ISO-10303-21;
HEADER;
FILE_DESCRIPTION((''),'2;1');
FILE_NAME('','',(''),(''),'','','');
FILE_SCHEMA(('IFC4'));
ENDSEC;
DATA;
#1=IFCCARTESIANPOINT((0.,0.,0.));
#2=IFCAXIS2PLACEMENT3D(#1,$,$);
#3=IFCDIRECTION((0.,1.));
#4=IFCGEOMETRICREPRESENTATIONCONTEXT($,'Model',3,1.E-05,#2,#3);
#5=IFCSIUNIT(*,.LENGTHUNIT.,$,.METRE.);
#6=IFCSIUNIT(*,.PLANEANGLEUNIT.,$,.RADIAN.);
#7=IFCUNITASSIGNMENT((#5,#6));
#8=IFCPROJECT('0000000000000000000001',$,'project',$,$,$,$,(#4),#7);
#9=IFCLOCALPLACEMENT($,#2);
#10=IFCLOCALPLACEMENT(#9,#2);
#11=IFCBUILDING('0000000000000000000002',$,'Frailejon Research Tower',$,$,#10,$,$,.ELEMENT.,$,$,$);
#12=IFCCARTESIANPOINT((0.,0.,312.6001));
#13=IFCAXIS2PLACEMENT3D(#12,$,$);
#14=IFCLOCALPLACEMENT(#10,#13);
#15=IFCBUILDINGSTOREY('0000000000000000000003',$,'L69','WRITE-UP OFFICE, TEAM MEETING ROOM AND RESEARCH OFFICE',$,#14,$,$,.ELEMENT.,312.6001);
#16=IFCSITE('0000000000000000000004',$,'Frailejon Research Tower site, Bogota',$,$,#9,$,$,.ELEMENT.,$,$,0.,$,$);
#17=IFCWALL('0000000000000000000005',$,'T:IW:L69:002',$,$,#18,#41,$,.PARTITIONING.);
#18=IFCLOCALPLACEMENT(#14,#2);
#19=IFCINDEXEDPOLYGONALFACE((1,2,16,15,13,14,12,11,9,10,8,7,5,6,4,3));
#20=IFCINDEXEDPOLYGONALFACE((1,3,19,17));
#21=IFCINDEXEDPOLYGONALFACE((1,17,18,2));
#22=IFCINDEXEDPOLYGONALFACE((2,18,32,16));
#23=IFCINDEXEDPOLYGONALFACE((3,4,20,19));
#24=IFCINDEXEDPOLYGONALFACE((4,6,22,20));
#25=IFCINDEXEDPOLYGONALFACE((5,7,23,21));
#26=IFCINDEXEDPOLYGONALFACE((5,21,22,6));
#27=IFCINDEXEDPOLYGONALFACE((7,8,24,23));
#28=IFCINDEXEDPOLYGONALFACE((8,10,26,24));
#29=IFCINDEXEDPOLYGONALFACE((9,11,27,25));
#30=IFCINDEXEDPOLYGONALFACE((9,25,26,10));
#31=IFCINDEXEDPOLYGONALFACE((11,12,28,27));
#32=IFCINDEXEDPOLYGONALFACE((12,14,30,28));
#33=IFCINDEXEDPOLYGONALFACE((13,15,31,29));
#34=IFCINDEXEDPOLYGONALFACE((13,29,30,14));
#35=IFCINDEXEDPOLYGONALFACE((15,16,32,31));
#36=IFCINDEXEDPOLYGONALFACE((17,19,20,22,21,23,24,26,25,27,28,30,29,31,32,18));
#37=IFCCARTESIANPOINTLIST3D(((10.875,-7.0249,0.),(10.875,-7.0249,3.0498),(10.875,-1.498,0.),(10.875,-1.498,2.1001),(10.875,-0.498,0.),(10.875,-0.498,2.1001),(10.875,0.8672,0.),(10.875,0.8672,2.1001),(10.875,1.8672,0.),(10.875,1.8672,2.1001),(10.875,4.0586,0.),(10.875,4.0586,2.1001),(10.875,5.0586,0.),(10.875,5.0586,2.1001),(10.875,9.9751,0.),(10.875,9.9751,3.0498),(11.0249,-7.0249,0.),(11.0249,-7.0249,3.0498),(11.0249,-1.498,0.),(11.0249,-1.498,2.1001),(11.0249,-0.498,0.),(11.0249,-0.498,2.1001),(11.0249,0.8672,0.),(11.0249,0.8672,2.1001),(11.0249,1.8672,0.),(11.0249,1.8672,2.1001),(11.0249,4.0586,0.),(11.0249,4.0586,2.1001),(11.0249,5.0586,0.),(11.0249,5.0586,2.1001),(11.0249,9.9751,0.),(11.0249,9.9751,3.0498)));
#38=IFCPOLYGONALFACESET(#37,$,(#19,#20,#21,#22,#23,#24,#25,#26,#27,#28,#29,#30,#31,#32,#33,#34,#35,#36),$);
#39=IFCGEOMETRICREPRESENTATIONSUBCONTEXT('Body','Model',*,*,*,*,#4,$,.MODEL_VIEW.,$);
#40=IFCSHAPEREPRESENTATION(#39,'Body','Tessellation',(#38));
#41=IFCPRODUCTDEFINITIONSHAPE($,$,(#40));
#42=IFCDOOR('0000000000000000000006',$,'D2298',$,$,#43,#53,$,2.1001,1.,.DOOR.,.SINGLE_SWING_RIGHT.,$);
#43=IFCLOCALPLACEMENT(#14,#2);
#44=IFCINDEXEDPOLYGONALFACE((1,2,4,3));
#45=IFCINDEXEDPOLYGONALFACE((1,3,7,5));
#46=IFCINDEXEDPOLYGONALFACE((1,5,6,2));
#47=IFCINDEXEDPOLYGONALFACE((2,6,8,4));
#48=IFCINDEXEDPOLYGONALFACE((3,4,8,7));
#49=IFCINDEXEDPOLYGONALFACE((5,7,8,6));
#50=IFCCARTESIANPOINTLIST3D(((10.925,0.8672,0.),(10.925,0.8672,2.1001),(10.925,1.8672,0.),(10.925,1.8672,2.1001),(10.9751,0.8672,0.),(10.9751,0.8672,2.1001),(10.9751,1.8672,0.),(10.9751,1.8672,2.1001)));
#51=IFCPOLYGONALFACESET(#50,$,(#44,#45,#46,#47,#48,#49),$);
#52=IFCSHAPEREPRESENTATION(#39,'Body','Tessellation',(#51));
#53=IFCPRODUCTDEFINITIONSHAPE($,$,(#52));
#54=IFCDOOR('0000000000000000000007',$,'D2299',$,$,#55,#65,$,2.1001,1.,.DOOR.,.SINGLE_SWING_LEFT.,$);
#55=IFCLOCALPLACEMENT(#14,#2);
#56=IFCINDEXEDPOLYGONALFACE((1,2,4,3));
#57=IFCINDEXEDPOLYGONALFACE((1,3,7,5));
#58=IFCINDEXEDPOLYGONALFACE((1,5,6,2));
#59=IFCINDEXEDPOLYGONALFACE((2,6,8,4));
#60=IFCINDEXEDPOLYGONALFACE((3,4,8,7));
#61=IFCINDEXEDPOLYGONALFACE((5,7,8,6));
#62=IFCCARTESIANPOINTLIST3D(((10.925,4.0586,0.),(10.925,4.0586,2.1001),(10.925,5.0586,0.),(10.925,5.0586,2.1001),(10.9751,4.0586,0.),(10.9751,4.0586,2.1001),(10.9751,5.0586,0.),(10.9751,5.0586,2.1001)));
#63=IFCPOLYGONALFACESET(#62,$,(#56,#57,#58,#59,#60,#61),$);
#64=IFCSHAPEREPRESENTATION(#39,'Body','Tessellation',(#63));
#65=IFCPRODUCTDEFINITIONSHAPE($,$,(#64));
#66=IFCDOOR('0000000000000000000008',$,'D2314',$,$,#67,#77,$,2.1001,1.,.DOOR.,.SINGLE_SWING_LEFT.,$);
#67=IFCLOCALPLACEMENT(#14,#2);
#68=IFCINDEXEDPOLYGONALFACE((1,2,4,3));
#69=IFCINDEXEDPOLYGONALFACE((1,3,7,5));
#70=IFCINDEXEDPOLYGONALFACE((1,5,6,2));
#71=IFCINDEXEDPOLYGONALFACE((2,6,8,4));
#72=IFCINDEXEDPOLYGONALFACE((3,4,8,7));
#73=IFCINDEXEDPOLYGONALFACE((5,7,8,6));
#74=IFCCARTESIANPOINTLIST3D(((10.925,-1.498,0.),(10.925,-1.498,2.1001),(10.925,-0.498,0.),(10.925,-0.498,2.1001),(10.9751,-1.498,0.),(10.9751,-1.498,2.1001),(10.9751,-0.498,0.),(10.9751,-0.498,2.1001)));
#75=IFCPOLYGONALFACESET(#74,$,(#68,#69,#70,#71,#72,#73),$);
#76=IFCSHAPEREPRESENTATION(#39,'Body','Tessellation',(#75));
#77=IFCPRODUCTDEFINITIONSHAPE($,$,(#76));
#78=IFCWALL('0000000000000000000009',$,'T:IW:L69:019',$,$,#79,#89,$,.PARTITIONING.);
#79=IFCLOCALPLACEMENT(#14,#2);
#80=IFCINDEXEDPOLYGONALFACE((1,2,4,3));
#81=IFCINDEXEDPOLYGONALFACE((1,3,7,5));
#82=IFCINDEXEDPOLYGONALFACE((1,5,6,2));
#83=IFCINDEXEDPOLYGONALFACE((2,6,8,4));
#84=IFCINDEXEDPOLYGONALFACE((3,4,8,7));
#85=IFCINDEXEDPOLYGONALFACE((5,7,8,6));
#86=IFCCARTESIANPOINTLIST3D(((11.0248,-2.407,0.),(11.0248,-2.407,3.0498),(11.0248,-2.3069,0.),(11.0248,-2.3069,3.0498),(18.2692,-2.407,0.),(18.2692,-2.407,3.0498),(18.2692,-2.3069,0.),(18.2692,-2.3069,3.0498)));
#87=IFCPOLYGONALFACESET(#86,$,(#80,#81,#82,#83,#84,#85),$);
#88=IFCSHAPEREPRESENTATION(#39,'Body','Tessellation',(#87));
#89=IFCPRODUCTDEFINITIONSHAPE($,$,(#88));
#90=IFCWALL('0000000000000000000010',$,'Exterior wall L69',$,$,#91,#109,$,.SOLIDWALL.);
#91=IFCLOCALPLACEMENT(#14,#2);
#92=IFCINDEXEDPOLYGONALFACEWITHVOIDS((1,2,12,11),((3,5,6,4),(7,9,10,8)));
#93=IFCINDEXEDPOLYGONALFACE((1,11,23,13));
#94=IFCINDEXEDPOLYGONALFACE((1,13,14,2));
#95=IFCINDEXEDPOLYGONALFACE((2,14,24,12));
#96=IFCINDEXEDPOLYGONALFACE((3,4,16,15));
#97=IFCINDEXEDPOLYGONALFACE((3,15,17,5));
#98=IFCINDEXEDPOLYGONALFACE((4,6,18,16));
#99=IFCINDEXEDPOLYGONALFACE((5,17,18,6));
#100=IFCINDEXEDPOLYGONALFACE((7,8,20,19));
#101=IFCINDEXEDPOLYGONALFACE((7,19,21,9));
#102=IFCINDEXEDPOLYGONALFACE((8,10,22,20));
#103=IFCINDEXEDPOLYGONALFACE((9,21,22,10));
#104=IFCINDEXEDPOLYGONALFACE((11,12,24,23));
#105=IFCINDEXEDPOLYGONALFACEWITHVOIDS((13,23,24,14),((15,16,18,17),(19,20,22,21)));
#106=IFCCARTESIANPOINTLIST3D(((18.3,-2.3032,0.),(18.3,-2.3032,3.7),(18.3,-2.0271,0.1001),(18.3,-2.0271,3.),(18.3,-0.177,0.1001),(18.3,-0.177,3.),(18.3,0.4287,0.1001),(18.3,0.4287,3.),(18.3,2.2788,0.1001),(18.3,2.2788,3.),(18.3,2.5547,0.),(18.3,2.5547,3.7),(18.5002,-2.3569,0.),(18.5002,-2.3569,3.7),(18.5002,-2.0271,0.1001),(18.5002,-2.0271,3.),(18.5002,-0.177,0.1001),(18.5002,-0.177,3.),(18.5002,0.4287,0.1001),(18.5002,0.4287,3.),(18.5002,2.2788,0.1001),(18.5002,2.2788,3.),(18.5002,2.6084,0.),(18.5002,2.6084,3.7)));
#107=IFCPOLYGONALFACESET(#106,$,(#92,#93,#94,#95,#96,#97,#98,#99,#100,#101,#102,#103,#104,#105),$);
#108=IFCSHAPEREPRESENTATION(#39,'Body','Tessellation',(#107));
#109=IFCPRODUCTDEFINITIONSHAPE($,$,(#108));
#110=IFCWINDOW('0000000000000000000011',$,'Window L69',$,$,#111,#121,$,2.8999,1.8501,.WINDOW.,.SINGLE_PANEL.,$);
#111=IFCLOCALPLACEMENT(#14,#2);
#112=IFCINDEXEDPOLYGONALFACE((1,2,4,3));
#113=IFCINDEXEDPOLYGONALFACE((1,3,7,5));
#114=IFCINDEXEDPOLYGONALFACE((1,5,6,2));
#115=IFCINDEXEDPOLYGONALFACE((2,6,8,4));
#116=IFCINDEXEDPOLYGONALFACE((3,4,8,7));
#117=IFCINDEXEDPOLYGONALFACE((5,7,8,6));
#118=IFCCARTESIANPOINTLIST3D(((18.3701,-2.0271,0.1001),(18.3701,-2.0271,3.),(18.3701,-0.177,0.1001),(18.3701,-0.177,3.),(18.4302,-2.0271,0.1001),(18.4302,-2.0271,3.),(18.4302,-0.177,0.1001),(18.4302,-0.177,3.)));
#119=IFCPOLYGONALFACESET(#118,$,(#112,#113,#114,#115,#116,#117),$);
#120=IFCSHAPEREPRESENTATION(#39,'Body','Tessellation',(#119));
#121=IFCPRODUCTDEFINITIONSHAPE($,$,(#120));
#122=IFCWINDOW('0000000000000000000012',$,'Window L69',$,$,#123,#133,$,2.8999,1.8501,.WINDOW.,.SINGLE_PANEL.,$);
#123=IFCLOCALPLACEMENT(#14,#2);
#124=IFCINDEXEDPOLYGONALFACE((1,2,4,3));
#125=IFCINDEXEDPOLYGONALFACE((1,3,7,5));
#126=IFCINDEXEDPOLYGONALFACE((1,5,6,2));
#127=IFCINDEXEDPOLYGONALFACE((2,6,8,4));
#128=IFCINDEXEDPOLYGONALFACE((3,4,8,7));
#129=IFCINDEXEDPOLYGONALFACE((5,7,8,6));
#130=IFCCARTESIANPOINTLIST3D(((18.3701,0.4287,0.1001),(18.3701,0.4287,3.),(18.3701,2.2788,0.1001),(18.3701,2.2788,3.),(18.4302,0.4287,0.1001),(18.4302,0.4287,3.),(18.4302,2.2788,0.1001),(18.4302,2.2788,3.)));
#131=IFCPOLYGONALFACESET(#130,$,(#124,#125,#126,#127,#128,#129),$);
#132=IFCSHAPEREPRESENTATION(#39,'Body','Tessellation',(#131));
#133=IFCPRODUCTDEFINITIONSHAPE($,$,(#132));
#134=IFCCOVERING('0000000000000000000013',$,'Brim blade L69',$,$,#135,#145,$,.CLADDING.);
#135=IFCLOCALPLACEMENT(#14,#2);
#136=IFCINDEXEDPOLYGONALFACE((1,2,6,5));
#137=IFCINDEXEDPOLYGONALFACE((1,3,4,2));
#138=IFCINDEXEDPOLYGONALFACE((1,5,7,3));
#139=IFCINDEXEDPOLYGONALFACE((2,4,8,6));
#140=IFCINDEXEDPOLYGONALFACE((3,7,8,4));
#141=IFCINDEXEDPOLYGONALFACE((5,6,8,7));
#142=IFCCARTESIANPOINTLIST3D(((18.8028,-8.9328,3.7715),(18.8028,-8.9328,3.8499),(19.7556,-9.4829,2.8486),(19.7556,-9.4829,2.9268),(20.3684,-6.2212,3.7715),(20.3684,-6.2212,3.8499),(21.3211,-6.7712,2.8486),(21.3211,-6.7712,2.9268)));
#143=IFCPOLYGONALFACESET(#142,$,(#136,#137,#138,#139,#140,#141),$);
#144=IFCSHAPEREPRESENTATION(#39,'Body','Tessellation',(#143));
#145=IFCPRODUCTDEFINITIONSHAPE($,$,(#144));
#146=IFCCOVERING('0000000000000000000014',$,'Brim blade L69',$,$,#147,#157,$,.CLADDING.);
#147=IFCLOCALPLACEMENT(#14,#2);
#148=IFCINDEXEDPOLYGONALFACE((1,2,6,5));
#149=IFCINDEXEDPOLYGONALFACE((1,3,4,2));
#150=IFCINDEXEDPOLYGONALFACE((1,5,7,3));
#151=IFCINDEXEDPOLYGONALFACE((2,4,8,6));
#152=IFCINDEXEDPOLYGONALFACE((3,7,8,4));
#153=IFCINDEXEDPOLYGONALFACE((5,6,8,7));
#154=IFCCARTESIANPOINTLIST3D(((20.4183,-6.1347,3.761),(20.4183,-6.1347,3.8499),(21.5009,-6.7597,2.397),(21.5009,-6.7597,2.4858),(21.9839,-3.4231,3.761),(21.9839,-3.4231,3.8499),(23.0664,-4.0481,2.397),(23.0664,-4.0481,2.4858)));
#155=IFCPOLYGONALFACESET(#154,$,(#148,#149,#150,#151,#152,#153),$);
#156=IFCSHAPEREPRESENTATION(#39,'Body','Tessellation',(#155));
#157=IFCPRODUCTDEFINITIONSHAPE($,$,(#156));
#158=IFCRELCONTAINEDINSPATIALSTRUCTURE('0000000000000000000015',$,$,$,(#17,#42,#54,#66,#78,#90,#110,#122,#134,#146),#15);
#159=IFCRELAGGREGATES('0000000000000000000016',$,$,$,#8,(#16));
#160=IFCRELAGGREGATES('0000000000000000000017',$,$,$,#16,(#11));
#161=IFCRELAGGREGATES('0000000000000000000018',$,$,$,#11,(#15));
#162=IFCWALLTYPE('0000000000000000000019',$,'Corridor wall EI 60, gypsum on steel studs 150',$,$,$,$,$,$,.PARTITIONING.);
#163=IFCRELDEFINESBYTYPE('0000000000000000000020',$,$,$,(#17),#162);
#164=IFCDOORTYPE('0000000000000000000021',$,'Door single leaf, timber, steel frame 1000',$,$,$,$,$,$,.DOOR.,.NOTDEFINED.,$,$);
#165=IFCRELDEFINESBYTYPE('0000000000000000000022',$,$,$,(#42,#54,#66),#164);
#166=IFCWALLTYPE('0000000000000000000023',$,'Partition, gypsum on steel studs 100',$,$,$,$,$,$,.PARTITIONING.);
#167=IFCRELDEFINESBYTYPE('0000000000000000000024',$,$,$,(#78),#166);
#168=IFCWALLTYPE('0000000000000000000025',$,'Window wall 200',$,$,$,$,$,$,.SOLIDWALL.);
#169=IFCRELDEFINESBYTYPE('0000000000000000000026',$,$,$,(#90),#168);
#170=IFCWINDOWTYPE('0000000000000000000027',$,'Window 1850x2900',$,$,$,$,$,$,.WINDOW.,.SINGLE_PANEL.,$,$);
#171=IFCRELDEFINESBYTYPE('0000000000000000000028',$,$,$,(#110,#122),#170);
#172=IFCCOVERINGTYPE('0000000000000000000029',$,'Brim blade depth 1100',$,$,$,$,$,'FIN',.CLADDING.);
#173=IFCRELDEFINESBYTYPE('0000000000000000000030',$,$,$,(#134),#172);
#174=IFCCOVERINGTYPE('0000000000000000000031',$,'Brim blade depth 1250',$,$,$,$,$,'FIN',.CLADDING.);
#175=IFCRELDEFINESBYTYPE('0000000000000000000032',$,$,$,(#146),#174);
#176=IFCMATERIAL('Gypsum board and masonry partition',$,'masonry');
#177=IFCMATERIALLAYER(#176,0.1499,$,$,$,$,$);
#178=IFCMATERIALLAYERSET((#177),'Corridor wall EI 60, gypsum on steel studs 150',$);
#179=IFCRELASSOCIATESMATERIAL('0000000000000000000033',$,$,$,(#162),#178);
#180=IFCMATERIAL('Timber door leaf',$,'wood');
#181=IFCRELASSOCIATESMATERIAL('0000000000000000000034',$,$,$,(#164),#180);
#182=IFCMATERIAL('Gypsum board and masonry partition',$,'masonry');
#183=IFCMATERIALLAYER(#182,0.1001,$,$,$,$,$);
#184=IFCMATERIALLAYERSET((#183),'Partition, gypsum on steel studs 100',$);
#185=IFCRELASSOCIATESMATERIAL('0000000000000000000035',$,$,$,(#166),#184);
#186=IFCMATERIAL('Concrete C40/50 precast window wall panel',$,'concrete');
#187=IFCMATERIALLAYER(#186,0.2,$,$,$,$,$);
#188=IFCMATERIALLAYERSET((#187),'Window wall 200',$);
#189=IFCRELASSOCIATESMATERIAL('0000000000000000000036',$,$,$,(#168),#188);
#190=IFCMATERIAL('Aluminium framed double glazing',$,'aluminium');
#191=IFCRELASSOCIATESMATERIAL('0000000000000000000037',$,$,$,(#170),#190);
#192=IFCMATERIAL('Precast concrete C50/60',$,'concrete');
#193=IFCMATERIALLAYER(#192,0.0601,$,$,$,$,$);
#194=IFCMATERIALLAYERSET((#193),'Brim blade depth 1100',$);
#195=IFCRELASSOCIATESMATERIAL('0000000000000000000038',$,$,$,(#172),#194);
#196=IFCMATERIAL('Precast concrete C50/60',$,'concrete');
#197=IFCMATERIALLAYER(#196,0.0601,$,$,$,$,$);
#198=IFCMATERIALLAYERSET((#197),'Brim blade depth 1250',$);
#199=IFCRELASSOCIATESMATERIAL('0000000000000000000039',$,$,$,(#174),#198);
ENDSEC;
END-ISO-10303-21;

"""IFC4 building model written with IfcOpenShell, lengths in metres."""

from ifc_helpers import new_model, si_unit, direction, frame, frame_2d, origin, place, context, subcontext, project, spatial, polyline, rectangle, outline, extrude, material, layer, layer_set, type_object, element, fill, save


model = new_model("IFC4")

# Units and contexts
model_context = context("Model", 3, precision=1e-05, world=origin(), true_north=direction((0.0, 1.0)))
body_context = subcontext(model_context, "Body", "Model", "MODEL_VIEW")
ifc_project = project(units=[si_unit("LENGTHUNIT", "METRE"), si_unit("PLANEANGLEUNIT", "RADIAN")], contexts=[model_context])

# Site, building, storey
site_placement = place(None, origin())
site = spatial("IfcSite", under=ifc_project, at=site_placement, Name="Frailejon Research Tower site, Bogota", CompositionType="ELEMENT", RefElevation=0.0)
building_placement = place(site_placement, origin())
building = spatial("IfcBuilding", under=site, at=building_placement, Name="Frailejon Research Tower", CompositionType="ELEMENT")
storey_placement = place(building_placement, frame((0.0, 0.0, 312.6001)))
storey = spatial("IfcBuildingStorey", under=building, at=storey_placement, Name="L69", Description="WRITE-UP OFFICE, TEAM MEETING ROOM AND RESEARCH OFFICE", CompositionType="ELEMENT", Elevation=312.6001)

# Wall, openings, doors
ifc_material_1 = material(Name="Gypsum board and masonry partition", Category="masonry")
ifc_layer_1 = layer(ifc_material_1, 0.1499)
ifc_layer_set_1 = layer_set([ifc_layer_1], Name="Corridor wall EI 60, gypsum on steel studs 150")
wall_type_1 = type_object("IfcWallType", Name="Corridor wall EI 60, gypsum on steel studs 150", PredefinedType="PARTITIONING", material=ifc_layer_set_1)
wall_1_placement = place(storey_placement, frame((10.95, -7.0249, 0.0), z_axis=(0.0, 0.0, 1.0), x_axis=(0.0, 1.0, 0.0)))
wall_1 = element("IfcWall", 1, at=wall_1_placement, inside=storey, type_object=wall_type_1, Name="T:IW:L69:002", PredefinedType="PARTITIONING", context=body_context, shape_type="SweptSolid", body=[
    extrude(rectangle(XDim=17.0, YDim=0.1499, at=frame_2d((8.5, 0.0))), origin(), (0.0, 0.0, 1.0), 3.0498),
])
opening_1_placement = place(wall_1_placement, frame((7.8921, 0.0, 0.0)))
opening_1 = element("IfcOpeningElement", 2, at=opening_1_placement, cuts=wall_1, PredefinedType="OPENING", context=body_context, shape_type="SweptSolid", body=[
    extrude(rectangle(XDim=1.0, YDim=2.1001, at=frame_2d((0.5, 1.05))), frame((0.0, 0.085, 0.0), z_axis=(0.0, -1.0, 0.0), x_axis=(1.0, 0.0, 0.0)), (0.0, 0.0, 1.0), 0.1699),
])
opening_2_placement = place(wall_1_placement, frame((11.0835, 0.0, 0.0)))
opening_2 = element("IfcOpeningElement", 3, at=opening_2_placement, cuts=wall_1, PredefinedType="OPENING", context=body_context, shape_type="SweptSolid", body=[
    extrude(rectangle(XDim=1.0, YDim=2.1001, at=frame_2d((0.5, 1.05))), frame((0.0, 0.085, 0.0), z_axis=(0.0, -1.0, 0.0), x_axis=(1.0, 0.0, 0.0)), (0.0, 0.0, 1.0), 0.1699),
])
opening_3_placement = place(wall_1_placement, frame((5.5269, 0.0, 0.0)))
opening_3 = element("IfcOpeningElement", 4, at=opening_3_placement, cuts=wall_1, PredefinedType="OPENING", context=body_context, shape_type="SweptSolid", body=[
    extrude(rectangle(XDim=1.0, YDim=2.1001, at=frame_2d((0.5, 1.05))), frame((0.0, 0.085, 0.0), z_axis=(0.0, -1.0, 0.0), x_axis=(1.0, 0.0, 0.0)), (0.0, 0.0, 1.0), 0.1699),
])
ifc_material_2 = material(Name="Timber door leaf", Category="wood")
door_type = type_object("IfcDoorType", Name="Door single leaf, timber, steel frame 1000", OperationType="NOTDEFINED", PredefinedType="DOOR", material=ifc_material_2)
door_1_placement = place(opening_1_placement, origin())
door_1 = element("IfcDoor", 5, at=door_1_placement, inside=storey, type_object=door_type, Name="D2298", OperationType="SINGLE_SWING_RIGHT", OverallHeight=2.1001, OverallWidth=1.0, PredefinedType="DOOR", context=body_context, shape_type="SweptSolid", body=[
    extrude(rectangle(XDim=1.0, YDim=2.1001, at=frame_2d((0.5, 1.05))), frame((0.0, 0.0249, 0.0), z_axis=(0.0, -1.0, 0.0), x_axis=(1.0, 0.0, 0.0)), (0.0, 0.0, 1.0), 0.05),
])
fill(opening_1, door_1)
door_2_placement = place(opening_2_placement, origin())
door_2 = element("IfcDoor", 6, at=door_2_placement, inside=storey, type_object=door_type, Name="D2299", OperationType="SINGLE_SWING_LEFT", OverallHeight=2.1001, OverallWidth=1.0, PredefinedType="DOOR", context=body_context, shape_type="SweptSolid", body=[
    extrude(rectangle(XDim=1.0, YDim=2.1001, at=frame_2d((0.5, 1.05))), frame((0.0, 0.0249, 0.0), z_axis=(0.0, -1.0, 0.0), x_axis=(1.0, 0.0, 0.0)), (0.0, 0.0, 1.0), 0.05),
])
fill(opening_2, door_2)
door_3_placement = place(opening_3_placement, origin())
door_3 = element("IfcDoor", 7, at=door_3_placement, inside=storey, type_object=door_type, Name="D2314", OperationType="SINGLE_SWING_LEFT", OverallHeight=2.1001, OverallWidth=1.0, PredefinedType="DOOR", context=body_context, shape_type="SweptSolid", body=[
    extrude(rectangle(XDim=1.0, YDim=2.1001, at=frame_2d((0.5, 1.05))), frame((0.0, 0.0249, 0.0), z_axis=(0.0, -1.0, 0.0), x_axis=(1.0, 0.0, 0.0)), (0.0, 0.0, 1.0), 0.05),
])
fill(opening_3, door_3)

# Wall
ifc_material_3 = material(Name="Gypsum board and masonry partition", Category="masonry")
ifc_layer_2 = layer(ifc_material_3, 0.1001)
ifc_layer_set_2 = layer_set([ifc_layer_2], Name="Partition, gypsum on steel studs 100")
wall_type_2 = type_object("IfcWallType", Name="Partition, gypsum on steel studs 100", PredefinedType="PARTITIONING", material=ifc_layer_set_2)
wall_2_placement = place(storey_placement, frame((11.0249, -2.3569, 0.0), z_axis=(0.0, 0.0, 1.0), x_axis=(1.0, 0.0, 0.0)))
element("IfcWall", 8, at=wall_2_placement, inside=storey, type_object=wall_type_2, Name="T:IW:L69:019", PredefinedType="PARTITIONING", context=body_context, shape_type="SweptSolid", body=[
    extrude(rectangle(XDim=7.2444, YDim=0.1001, at=frame_2d((3.6221, 0.0))), origin(), (0.0, 0.0, 1.0), 3.0498),
])

# Wall, openings, windows
ifc_material_4 = material(Name="Concrete C40/50 precast window wall panel", Category="concrete")
ifc_layer_3 = layer(ifc_material_4, 0.2)
ifc_layer_set_3 = layer_set([ifc_layer_3], Name="Window wall 200")
wall_type_3 = type_object("IfcWallType", Name="Window wall 200", PredefinedType="SOLIDWALL", material=ifc_layer_set_3)
wall_3_placement = place(storey_placement, frame((18.4001, -2.3301, 0.0), z_axis=(0.0, 0.0, 1.0), x_axis=(0.0, 1.0, 0.0)))
wall_3 = element("IfcWall", 9, at=wall_3_placement, inside=storey, type_object=wall_type_3, Name="Exterior wall L69", PredefinedType="SOLIDWALL", context=body_context, shape_type="SweptSolid", body=[
    extrude(outline(polyline([(-0.0269, -0.1001), (1.2144, -0.1001), (2.4558, -0.1001), (3.6973, -0.1001), (4.9385, -0.1001), (4.8848, 0.1001), (3.6704, 0.1001), (2.4558, 0.1001), (1.2412, 0.1001), (0.0269, 0.1001), (-0.0269, -0.1001)])), origin(), (0.0, 0.0, 1.0), 3.7),
])
opening_4_placement = place(wall_3_placement, frame((0.303, 0.0, 0.1001)))
opening_4 = element("IfcOpeningElement", 10, at=opening_4_placement, cuts=wall_3, PredefinedType="OPENING", context=body_context, shape_type="SweptSolid", body=[
    extrude(rectangle(XDim=1.8501, YDim=2.8999, at=frame_2d((0.925, 1.45))), frame((0.0, 0.1099, 0.0), z_axis=(0.0, -1.0, 0.0), x_axis=(1.0, 0.0, 0.0)), (0.0, 0.0, 1.0), 0.22),
])
opening_5_placement = place(wall_3_placement, frame((2.7588, 0.0, 0.1001)))
opening_5 = element("IfcOpeningElement", 11, at=opening_5_placement, cuts=wall_3, PredefinedType="OPENING", context=body_context, shape_type="SweptSolid", body=[
    extrude(rectangle(XDim=1.8501, YDim=2.8999, at=frame_2d((0.925, 1.45))), frame((0.0, 0.1099, 0.0), z_axis=(0.0, -1.0, 0.0), x_axis=(1.0, 0.0, 0.0)), (0.0, 0.0, 1.0), 0.22),
])
ifc_material_5 = material(Name="Aluminium framed double glazing", Category="aluminium")
window_type = type_object("IfcWindowType", Name="Window 1850x2900", PartitioningType="SINGLE_PANEL", PredefinedType="WINDOW", material=ifc_material_5)
window_1_placement = place(opening_4_placement, origin())
window_1 = element("IfcWindow", 12, at=window_1_placement, inside=storey, type_object=window_type, Name="Window L69", OverallHeight=2.8999, OverallWidth=1.8501, PartitioningType="SINGLE_PANEL", PredefinedType="WINDOW", context=body_context, shape_type="SweptSolid", body=[
    extrude(rectangle(XDim=1.8501, YDim=2.8999, at=frame_2d((0.925, 1.45))), frame((0.0, 0.03, 0.0), z_axis=(0.0, -1.0, 0.0), x_axis=(1.0, 0.0, 0.0)), (0.0, 0.0, 1.0), 0.0601),
])
fill(opening_4, window_1)
window_2_placement = place(opening_5_placement, origin())
window_2 = element("IfcWindow", 13, at=window_2_placement, inside=storey, type_object=window_type, Name="Window L69", OverallHeight=2.8999, OverallWidth=1.8501, PartitioningType="SINGLE_PANEL", PredefinedType="WINDOW", context=body_context, shape_type="SweptSolid", body=[
    extrude(rectangle(XDim=1.8501, YDim=2.8999, at=frame_2d((0.925, 1.45))), frame((0.0, 0.03, 0.0), z_axis=(0.0, -1.0, 0.0), x_axis=(1.0, 0.0, 0.0)), (0.0, 0.0, 1.0), 0.0601),
])
fill(opening_5, window_2)

# Coverings
ifc_material_6 = material(Name="Precast concrete C50/60", Category="concrete")
ifc_layer_4 = layer(ifc_material_6, 0.0601)
ifc_layer_set_4 = layer_set([ifc_layer_4], Name="Brim blade depth 1100")
covering_type_1 = type_object("IfcCoveringType", Name="Brim blade depth 1100", ElementType="FIN", PredefinedType="CLADDING", material=ifc_layer_set_4)
covering_1_placement = place(storey_placement, frame((20.3684, -6.2212, 3.8499), z_axis=(-0.500004, -0.866023, 0.0), x_axis=(0.866023, -0.500004, 0.0)))
element("IfcCovering", 14, at=covering_1_placement, inside=storey, type_object=covering_type_1, Name="Brim blade L69", PredefinedType="CLADDING", context=body_context, shape_type="SweptSolid", body=[
    extrude(outline(polyline([(0.0, -0.0784), (1.1001, -1.0012), (1.1001, -0.9231), (0.0, 0.0), (0.0, -0.0784)])), origin(), (0.0, 0.0, 1.0), 3.1311),
])
ifc_material_7 = material(Name="Precast concrete C50/60", Category="concrete")
ifc_layer_5 = layer(ifc_material_7, 0.0601)
ifc_layer_set_5 = layer_set([ifc_layer_5], Name="Brim blade depth 1250")
covering_type_2 = type_object("IfcCoveringType", Name="Brim blade depth 1250", ElementType="FIN", PredefinedType="CLADDING", material=ifc_layer_set_5)
covering_2_placement = place(storey_placement, frame((21.9839, -3.4231, 3.8499), z_axis=(-0.500004, -0.866023, 0.0), x_axis=(0.866023, -0.500004, 0.0)))
element("IfcCovering", 15, at=covering_2_placement, inside=storey, type_object=covering_type_2, Name="Brim blade L69", PredefinedType="CLADDING", context=body_context, shape_type="SweptSolid", body=[
    extrude(outline(polyline([(0.0, -0.0889), (1.25, -1.4529), (1.25, -1.364), (0.0, 0.0), (0.0, -0.0889)])), origin(), (0.0, 0.0, 1.0), 3.1311),
])

save(model, "model.ifc")
